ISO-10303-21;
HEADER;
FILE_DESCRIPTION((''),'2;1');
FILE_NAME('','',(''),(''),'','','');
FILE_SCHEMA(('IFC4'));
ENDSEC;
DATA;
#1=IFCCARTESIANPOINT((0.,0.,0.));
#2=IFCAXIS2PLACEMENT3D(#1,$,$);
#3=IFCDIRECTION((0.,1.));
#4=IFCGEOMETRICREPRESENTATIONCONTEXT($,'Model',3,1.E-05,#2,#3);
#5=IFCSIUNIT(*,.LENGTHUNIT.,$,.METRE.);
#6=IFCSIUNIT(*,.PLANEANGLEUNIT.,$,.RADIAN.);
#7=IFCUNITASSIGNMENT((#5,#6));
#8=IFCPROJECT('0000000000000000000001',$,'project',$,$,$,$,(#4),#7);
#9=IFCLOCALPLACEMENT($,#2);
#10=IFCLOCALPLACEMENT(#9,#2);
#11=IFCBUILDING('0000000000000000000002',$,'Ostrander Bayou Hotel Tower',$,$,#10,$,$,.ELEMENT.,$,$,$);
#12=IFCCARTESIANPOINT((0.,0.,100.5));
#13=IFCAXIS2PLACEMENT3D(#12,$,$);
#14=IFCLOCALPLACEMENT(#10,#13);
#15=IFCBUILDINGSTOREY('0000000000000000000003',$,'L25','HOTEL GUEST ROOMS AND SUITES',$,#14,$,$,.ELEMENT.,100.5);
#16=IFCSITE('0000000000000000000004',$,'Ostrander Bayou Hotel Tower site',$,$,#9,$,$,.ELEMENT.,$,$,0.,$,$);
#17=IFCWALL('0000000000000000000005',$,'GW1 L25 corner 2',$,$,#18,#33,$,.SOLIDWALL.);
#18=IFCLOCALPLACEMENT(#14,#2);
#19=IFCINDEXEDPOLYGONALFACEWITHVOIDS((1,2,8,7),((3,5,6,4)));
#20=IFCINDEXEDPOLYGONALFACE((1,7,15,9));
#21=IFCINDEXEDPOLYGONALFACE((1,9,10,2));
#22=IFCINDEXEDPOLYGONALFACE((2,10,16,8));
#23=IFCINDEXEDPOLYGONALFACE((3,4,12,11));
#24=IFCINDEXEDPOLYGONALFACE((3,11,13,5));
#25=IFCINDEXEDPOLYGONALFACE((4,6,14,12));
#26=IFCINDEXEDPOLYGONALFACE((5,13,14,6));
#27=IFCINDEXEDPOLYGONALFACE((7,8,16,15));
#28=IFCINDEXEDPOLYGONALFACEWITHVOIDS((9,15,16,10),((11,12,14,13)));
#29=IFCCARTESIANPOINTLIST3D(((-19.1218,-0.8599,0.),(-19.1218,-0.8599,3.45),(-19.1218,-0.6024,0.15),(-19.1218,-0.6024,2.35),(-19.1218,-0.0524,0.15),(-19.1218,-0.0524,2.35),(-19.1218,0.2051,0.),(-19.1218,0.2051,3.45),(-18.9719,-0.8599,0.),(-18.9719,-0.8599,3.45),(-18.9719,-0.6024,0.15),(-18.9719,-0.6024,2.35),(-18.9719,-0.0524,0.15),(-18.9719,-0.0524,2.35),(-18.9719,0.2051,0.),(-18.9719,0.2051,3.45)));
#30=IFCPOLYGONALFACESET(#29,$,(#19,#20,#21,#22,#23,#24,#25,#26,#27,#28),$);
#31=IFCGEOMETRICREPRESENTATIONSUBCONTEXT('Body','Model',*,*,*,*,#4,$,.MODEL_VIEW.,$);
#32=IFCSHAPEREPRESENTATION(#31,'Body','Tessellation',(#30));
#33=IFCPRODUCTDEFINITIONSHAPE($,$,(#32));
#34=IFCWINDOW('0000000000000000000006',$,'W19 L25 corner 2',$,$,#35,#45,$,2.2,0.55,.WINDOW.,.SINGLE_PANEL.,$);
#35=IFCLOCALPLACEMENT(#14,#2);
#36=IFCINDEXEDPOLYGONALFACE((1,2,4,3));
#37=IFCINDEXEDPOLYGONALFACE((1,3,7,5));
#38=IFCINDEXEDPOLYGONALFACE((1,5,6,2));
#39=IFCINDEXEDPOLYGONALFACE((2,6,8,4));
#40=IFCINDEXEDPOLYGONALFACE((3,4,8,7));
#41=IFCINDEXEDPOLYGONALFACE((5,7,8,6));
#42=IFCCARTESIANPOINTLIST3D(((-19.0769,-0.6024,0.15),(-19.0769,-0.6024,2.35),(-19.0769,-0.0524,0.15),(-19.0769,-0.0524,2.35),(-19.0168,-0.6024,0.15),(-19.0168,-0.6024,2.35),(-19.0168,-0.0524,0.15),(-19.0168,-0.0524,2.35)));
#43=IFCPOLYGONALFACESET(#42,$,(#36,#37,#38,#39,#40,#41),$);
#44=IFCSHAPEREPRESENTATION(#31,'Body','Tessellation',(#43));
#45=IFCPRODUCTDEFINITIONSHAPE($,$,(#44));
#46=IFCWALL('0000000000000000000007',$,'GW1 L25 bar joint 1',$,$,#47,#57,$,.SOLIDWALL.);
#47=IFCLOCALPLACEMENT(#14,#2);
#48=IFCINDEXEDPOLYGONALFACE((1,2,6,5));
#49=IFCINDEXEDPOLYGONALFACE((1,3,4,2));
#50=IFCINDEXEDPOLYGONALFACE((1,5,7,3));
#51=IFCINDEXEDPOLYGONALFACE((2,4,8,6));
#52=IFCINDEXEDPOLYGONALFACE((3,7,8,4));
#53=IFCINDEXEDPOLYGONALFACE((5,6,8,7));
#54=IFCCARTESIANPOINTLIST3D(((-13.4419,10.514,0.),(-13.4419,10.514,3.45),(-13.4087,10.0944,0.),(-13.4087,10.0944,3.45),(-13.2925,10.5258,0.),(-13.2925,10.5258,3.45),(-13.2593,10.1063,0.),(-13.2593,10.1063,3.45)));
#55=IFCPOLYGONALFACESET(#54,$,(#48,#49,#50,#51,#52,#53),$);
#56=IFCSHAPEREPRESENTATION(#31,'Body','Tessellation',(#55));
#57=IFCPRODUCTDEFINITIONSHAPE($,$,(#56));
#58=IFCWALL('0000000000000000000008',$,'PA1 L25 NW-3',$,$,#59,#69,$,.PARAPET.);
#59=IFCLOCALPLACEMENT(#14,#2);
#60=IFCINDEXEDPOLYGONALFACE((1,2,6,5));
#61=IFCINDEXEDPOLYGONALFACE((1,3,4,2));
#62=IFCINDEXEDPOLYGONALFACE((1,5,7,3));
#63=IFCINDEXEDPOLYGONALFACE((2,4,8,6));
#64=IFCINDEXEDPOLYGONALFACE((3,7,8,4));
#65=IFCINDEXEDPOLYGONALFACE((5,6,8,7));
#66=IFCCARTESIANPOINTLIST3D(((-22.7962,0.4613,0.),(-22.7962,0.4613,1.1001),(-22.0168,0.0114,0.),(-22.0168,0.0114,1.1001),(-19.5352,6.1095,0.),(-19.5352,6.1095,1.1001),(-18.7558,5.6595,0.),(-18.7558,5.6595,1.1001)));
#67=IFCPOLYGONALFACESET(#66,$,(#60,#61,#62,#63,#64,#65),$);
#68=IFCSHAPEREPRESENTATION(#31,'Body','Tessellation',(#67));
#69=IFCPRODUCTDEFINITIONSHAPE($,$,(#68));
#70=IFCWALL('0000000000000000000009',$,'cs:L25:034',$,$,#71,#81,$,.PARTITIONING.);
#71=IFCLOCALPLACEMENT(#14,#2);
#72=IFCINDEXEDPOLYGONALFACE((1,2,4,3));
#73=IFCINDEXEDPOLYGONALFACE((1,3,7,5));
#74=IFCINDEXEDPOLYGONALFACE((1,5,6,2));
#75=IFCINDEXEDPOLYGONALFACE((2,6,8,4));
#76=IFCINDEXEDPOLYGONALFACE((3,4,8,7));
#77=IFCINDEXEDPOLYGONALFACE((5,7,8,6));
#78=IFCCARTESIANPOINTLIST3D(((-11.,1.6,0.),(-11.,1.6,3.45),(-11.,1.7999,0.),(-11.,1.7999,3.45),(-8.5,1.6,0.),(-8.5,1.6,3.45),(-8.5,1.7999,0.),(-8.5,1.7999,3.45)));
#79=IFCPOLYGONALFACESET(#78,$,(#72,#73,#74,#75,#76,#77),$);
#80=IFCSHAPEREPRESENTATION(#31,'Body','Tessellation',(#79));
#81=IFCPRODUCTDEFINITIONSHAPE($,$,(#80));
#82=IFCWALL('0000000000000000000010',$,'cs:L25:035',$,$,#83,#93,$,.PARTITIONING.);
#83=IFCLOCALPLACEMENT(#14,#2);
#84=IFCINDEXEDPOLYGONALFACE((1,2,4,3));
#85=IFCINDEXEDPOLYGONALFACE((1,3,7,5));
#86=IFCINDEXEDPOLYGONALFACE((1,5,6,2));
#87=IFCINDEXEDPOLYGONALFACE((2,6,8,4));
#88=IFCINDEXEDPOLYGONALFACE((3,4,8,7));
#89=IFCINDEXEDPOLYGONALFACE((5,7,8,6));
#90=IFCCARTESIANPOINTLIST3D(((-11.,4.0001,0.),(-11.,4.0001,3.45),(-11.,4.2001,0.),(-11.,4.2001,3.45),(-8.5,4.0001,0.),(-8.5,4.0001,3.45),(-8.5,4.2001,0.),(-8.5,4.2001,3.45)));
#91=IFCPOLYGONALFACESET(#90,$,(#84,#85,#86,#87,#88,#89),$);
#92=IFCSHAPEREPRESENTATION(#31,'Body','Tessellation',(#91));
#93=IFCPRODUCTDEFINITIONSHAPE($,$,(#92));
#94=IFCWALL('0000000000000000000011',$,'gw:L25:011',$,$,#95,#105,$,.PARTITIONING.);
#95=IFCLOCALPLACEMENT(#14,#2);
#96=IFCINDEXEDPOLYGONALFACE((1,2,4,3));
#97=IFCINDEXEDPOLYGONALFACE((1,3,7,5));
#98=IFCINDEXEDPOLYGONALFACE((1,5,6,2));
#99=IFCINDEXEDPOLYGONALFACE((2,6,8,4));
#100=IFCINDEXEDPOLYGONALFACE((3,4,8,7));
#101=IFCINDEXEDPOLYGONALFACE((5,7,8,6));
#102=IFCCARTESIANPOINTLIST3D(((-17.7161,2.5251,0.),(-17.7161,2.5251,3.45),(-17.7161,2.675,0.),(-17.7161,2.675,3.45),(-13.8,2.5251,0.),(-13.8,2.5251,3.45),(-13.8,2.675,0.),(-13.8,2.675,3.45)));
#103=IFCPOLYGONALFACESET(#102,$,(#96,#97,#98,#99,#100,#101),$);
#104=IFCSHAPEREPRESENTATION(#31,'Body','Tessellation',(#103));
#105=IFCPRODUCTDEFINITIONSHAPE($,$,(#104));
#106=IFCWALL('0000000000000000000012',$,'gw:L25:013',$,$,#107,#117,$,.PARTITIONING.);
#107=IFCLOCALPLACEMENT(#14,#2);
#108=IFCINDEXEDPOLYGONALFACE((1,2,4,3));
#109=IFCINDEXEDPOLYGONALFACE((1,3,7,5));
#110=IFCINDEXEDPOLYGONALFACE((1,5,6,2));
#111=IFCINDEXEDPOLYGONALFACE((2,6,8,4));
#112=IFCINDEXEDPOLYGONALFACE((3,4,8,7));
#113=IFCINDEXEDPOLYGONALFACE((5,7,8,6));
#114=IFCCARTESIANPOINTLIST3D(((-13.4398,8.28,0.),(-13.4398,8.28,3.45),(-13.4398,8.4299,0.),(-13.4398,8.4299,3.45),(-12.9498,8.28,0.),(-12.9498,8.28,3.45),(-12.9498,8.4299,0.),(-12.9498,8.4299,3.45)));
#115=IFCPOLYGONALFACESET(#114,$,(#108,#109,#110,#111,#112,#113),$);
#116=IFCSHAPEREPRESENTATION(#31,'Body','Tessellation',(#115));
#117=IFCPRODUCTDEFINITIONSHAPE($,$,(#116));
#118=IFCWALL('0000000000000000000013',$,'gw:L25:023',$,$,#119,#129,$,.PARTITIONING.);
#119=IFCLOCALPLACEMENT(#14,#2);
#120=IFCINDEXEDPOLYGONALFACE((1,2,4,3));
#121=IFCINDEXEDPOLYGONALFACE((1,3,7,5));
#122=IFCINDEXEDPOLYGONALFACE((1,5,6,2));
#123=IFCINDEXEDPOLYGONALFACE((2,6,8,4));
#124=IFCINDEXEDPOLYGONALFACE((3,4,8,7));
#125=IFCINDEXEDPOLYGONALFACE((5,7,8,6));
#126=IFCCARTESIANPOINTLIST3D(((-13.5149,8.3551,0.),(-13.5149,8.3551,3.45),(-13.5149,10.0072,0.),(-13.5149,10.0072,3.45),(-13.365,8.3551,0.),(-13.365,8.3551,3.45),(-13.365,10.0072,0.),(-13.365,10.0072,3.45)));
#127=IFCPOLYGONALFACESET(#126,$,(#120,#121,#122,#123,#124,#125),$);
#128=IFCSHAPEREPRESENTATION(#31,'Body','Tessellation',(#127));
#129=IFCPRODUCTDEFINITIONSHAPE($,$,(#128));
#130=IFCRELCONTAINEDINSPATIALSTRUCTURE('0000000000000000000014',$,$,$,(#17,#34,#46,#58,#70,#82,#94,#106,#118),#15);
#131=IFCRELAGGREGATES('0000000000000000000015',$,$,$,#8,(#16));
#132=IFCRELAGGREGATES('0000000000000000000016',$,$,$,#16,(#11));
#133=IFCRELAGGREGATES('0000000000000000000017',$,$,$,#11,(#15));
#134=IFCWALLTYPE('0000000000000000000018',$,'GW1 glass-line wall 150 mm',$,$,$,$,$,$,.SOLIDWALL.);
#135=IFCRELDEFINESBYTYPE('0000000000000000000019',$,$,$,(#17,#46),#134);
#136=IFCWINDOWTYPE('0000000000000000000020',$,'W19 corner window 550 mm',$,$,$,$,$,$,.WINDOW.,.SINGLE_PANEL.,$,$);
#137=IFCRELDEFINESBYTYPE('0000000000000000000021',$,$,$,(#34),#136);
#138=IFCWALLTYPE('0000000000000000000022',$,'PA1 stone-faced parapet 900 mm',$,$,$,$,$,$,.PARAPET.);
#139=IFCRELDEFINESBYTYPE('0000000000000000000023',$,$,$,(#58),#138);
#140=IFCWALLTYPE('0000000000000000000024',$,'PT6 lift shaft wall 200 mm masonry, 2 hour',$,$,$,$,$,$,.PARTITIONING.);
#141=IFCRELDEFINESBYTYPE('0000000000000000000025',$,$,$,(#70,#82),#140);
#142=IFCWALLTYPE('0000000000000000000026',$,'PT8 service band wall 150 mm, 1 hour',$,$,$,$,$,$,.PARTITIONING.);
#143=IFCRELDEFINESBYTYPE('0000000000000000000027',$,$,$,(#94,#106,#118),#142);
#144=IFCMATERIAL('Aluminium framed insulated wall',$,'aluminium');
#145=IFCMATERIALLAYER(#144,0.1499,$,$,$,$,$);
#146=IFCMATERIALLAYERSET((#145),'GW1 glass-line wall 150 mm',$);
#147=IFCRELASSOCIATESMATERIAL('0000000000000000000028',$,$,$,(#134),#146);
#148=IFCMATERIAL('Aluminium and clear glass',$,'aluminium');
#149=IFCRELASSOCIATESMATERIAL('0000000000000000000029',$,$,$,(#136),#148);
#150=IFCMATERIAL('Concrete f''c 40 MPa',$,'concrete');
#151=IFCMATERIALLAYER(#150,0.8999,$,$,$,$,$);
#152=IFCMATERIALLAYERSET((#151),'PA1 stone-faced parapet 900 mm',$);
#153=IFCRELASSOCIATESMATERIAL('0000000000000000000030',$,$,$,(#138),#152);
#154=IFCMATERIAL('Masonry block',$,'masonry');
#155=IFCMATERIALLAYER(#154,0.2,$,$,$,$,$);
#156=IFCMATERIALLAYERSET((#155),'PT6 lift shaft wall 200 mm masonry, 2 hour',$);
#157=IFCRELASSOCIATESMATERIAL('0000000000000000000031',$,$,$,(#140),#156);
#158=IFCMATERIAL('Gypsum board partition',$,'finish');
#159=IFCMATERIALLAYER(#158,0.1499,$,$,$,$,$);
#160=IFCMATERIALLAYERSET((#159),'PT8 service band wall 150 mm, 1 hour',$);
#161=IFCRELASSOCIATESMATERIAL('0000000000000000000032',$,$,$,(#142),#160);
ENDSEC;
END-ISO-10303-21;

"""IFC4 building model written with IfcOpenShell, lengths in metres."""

from ifc_helpers import new_model, si_unit, direction, frame, frame_2d, origin, place, context, subcontext, project, spatial, rectangle, extrude, material, layer, layer_set, type_object, element, fill, save


model = new_model("IFC4")

# Units and contexts
model_context = context("Model", 3, precision=1e-05, world=origin(), true_north=direction((0.0, 1.0)))
body_context = subcontext(model_context, "Body", "Model", "MODEL_VIEW")
ifc_project = project(units=[si_unit("LENGTHUNIT", "METRE"), si_unit("PLANEANGLEUNIT", "RADIAN")], contexts=[model_context])

# Site, building, storey
site_placement = place(None, origin())
site = spatial("IfcSite", under=ifc_project, at=site_placement, Name="Ostrander Bayou Hotel Tower site", CompositionType="ELEMENT", RefElevation=0.0)
building_placement = place(site_placement, origin())
building = spatial("IfcBuilding", under=site, at=building_placement, Name="Ostrander Bayou Hotel Tower", CompositionType="ELEMENT")
storey_placement = place(building_placement, frame((0.0, 0.0, 100.5)))
storey = spatial("IfcBuildingStorey", under=building, at=storey_placement, Name="L25", Description="HOTEL GUEST ROOMS AND SUITES", CompositionType="ELEMENT", Elevation=100.5)

# Shared definitions
ifc_material_1 = material(Name="Aluminium framed insulated wall", Category="aluminium")
ifc_layer_1 = layer(ifc_material_1, 0.1499)
ifc_layer_set_1 = layer_set([ifc_layer_1], Name="GW1 glass-line wall 150 mm")
wall_type_1 = type_object("IfcWallType", Name="GW1 glass-line wall 150 mm", PredefinedType="SOLIDWALL", material=ifc_layer_set_1)

# Wall, opening, window
wall_1_placement = place(storey_placement, frame((-19.0469, 0.2051, 0.0), z_axis=(0.0, 0.0, 1.0), x_axis=(0.0, -1.0, 0.0)))
wall_1 = element("IfcWall", 1, at=wall_1_placement, inside=storey, type_object=wall_type_1, Name="GW1 L25 corner 2", PredefinedType="SOLIDWALL", context=body_context, shape_type="SweptSolid", body=[
    extrude(rectangle(XDim=1.0649, YDim=0.1499, at=frame_2d((0.5325, 0.0))), origin(), (0.0, 0.0, 1.0), 3.45),
])
opening_1_placement = place(wall_1_placement, frame((0.2576, 0.0, 0.1499)))
opening_1 = element("IfcOpeningElement", 2, at=opening_1_placement, cuts=wall_1, PredefinedType="OPENING", context=body_context, shape_type="SweptSolid", body=[
    extrude(rectangle(XDim=0.55, YDim=2.2, at=frame_2d((0.2749, 1.1001))), frame((0.0, 0.075, 0.0), z_axis=(0.0, -1.0, 0.0), x_axis=(1.0, 0.0, 0.0)), (0.0, 0.0, 1.0), 0.1499),
])
ifc_material_2 = material(Name="Aluminium and clear glass", Category="aluminium")
window_type_1 = type_object("IfcWindowType", Name="W19 corner window 550 mm", PartitioningType="SINGLE_PANEL", PredefinedType="WINDOW", material=ifc_material_2)
window_1_placement = place(opening_1_placement, origin())
window_1 = element("IfcWindow", 3, at=window_1_placement, inside=storey, type_object=window_type_1, Name="W19 L25 corner 2", OverallHeight=2.2, OverallWidth=0.55, PartitioningType="SINGLE_PANEL", PredefinedType="WINDOW", context=body_context, shape_type="SweptSolid", body=[
    extrude(rectangle(XDim=0.55, YDim=2.2, at=frame_2d((0.2749, 1.1001))), frame((0.0, 0.03, 0.0), z_axis=(0.0, -1.0, 0.0), x_axis=(1.0, 0.0, 0.0)), (0.0, 0.0, 1.0), 0.0601),
])
fill(opening_1, window_1)

# Walls
wall_2_placement = place(storey_placement, frame((-13.334, 10.1003, 0.0), z_axis=(0.0, 0.0, 1.0), x_axis=(-0.078869, 0.996885, 0.0)))
element("IfcWall", 4, at=wall_2_placement, inside=storey, type_object=wall_type_1, Name="GW1 L25 bar joint 1", PredefinedType="SOLIDWALL", context=body_context, shape_type="SweptSolid", body=[
    extrude(rectangle(XDim=0.4209, YDim=0.1499, at=frame_2d((0.2104, 0.0))), origin(), (0.0, 0.0, 1.0), 3.45),
])
ifc_material_3 = material(Name="Concrete f'c 40 MPa", Category="concrete")
ifc_layer_2 = layer(ifc_material_3, 0.8999)
ifc_layer_set_2 = layer_set([ifc_layer_2], Name="PA1 stone-faced parapet 900 mm")
wall_type_2 = type_object("IfcWallType", Name="PA1 stone-faced parapet 900 mm", PredefinedType="PARAPET", material=ifc_layer_set_2)
wall_3_placement = place(storey_placement, frame((-19.1455, 5.8845, 0.0), z_axis=(0.0, 0.0, 1.0), x_axis=(-0.5, -0.866025, 0.0)))
element("IfcWall", 5, at=wall_3_placement, inside=storey, type_object=wall_type_2, Name="PA1 L25 NW-3", PredefinedType="PARAPET", context=body_context, shape_type="SweptSolid", body=[
    extrude(rectangle(XDim=6.522, YDim=0.8999, at=frame_2d((3.261, 0.0))), origin(), (0.0, 0.0, 1.0), 1.1001),
])

# Walls
ifc_material_4 = material(Name="Masonry block", Category="masonry")
ifc_layer_3 = layer(ifc_material_4, 0.2)
ifc_layer_set_3 = layer_set([ifc_layer_3], Name="PT6 lift shaft wall 200 mm masonry, 2 hour")
wall_type_3 = type_object("IfcWallType", Name="PT6 lift shaft wall 200 mm masonry, 2 hour", PredefinedType="PARTITIONING", material=ifc_layer_set_3)
for number, where, z_axis, x_axis, name in (
    (6, (-11.0, 1.7, 0.0), (0.0, 0.0, 1.0), (1.0, 0.0, 0.0), "cs:L25:034"),
    (7, (-11.0, 4.1001, 0.0), (0.0, 0.0, 1.0), (1.0, 0.0, 0.0), "cs:L25:035"),
):
    element("IfcWall", number, at=place(storey_placement, frame(where, z_axis=z_axis, x_axis=x_axis)), inside=storey, type_object=wall_type_3, Name=name, PredefinedType="PARTITIONING", context=body_context, shape_type="SweptSolid", body=[
        extrude(rectangle(XDim=2.5, YDim=0.2, at=frame_2d((1.25, 0.0))), origin(), (0.0, 0.0, 1.0), 3.45),
    ])
ifc_material_5 = material(Name="Gypsum board partition", Category="finish")
ifc_layer_4 = layer(ifc_material_5, 0.1499)
ifc_layer_set_4 = layer_set([ifc_layer_4], Name="PT8 service band wall 150 mm, 1 hour")
wall_type_4 = type_object("IfcWallType", Name="PT8 service band wall 150 mm, 1 hour", PredefinedType="PARTITIONING", material=ifc_layer_set_4)
wall_4_placement = place(storey_placement, frame((-17.7161, 2.6001, 0.0), z_axis=(0.0, 0.0, 1.0), x_axis=(1.0, 0.0, 0.0)))
element("IfcWall", 8, at=wall_4_placement, inside=storey, type_object=wall_type_4, Name="gw:L25:011", PredefinedType="PARTITIONING", context=body_context, shape_type="SweptSolid", body=[
    extrude(rectangle(XDim=3.916, YDim=0.1499, at=frame_2d((1.958, 0.0))), origin(), (0.0, 0.0, 1.0), 3.45),
])
wall_5_placement = place(storey_placement, frame((-13.4399, 8.355, 0.0), z_axis=(0.0, 0.0, 1.0), x_axis=(1.0, 0.0, 0.0)))
element("IfcWall", 9, at=wall_5_placement, inside=storey, type_object=wall_type_4, Name="gw:L25:013", PredefinedType="PARTITIONING", context=body_context, shape_type="SweptSolid", body=[
    extrude(rectangle(XDim=0.49, YDim=0.1499, at=frame_2d((0.2451, 0.0))), origin(), (0.0, 0.0, 1.0), 3.45),
])
wall_6_placement = place(storey_placement, frame((-13.4399, 8.355, 0.0), z_axis=(0.0, 0.0, 1.0), x_axis=(0.0, 1.0, 0.0)))
element("IfcWall", 10, at=wall_6_placement, inside=storey, type_object=wall_type_4, Name="gw:L25:023", PredefinedType="PARTITIONING", context=body_context, shape_type="SweptSolid", body=[
    extrude(rectangle(XDim=1.6521, YDim=0.1499, at=frame_2d((0.8262, 0.0))), origin(), (0.0, 0.0, 1.0), 3.45),
])

save(model, "model.ifc")
